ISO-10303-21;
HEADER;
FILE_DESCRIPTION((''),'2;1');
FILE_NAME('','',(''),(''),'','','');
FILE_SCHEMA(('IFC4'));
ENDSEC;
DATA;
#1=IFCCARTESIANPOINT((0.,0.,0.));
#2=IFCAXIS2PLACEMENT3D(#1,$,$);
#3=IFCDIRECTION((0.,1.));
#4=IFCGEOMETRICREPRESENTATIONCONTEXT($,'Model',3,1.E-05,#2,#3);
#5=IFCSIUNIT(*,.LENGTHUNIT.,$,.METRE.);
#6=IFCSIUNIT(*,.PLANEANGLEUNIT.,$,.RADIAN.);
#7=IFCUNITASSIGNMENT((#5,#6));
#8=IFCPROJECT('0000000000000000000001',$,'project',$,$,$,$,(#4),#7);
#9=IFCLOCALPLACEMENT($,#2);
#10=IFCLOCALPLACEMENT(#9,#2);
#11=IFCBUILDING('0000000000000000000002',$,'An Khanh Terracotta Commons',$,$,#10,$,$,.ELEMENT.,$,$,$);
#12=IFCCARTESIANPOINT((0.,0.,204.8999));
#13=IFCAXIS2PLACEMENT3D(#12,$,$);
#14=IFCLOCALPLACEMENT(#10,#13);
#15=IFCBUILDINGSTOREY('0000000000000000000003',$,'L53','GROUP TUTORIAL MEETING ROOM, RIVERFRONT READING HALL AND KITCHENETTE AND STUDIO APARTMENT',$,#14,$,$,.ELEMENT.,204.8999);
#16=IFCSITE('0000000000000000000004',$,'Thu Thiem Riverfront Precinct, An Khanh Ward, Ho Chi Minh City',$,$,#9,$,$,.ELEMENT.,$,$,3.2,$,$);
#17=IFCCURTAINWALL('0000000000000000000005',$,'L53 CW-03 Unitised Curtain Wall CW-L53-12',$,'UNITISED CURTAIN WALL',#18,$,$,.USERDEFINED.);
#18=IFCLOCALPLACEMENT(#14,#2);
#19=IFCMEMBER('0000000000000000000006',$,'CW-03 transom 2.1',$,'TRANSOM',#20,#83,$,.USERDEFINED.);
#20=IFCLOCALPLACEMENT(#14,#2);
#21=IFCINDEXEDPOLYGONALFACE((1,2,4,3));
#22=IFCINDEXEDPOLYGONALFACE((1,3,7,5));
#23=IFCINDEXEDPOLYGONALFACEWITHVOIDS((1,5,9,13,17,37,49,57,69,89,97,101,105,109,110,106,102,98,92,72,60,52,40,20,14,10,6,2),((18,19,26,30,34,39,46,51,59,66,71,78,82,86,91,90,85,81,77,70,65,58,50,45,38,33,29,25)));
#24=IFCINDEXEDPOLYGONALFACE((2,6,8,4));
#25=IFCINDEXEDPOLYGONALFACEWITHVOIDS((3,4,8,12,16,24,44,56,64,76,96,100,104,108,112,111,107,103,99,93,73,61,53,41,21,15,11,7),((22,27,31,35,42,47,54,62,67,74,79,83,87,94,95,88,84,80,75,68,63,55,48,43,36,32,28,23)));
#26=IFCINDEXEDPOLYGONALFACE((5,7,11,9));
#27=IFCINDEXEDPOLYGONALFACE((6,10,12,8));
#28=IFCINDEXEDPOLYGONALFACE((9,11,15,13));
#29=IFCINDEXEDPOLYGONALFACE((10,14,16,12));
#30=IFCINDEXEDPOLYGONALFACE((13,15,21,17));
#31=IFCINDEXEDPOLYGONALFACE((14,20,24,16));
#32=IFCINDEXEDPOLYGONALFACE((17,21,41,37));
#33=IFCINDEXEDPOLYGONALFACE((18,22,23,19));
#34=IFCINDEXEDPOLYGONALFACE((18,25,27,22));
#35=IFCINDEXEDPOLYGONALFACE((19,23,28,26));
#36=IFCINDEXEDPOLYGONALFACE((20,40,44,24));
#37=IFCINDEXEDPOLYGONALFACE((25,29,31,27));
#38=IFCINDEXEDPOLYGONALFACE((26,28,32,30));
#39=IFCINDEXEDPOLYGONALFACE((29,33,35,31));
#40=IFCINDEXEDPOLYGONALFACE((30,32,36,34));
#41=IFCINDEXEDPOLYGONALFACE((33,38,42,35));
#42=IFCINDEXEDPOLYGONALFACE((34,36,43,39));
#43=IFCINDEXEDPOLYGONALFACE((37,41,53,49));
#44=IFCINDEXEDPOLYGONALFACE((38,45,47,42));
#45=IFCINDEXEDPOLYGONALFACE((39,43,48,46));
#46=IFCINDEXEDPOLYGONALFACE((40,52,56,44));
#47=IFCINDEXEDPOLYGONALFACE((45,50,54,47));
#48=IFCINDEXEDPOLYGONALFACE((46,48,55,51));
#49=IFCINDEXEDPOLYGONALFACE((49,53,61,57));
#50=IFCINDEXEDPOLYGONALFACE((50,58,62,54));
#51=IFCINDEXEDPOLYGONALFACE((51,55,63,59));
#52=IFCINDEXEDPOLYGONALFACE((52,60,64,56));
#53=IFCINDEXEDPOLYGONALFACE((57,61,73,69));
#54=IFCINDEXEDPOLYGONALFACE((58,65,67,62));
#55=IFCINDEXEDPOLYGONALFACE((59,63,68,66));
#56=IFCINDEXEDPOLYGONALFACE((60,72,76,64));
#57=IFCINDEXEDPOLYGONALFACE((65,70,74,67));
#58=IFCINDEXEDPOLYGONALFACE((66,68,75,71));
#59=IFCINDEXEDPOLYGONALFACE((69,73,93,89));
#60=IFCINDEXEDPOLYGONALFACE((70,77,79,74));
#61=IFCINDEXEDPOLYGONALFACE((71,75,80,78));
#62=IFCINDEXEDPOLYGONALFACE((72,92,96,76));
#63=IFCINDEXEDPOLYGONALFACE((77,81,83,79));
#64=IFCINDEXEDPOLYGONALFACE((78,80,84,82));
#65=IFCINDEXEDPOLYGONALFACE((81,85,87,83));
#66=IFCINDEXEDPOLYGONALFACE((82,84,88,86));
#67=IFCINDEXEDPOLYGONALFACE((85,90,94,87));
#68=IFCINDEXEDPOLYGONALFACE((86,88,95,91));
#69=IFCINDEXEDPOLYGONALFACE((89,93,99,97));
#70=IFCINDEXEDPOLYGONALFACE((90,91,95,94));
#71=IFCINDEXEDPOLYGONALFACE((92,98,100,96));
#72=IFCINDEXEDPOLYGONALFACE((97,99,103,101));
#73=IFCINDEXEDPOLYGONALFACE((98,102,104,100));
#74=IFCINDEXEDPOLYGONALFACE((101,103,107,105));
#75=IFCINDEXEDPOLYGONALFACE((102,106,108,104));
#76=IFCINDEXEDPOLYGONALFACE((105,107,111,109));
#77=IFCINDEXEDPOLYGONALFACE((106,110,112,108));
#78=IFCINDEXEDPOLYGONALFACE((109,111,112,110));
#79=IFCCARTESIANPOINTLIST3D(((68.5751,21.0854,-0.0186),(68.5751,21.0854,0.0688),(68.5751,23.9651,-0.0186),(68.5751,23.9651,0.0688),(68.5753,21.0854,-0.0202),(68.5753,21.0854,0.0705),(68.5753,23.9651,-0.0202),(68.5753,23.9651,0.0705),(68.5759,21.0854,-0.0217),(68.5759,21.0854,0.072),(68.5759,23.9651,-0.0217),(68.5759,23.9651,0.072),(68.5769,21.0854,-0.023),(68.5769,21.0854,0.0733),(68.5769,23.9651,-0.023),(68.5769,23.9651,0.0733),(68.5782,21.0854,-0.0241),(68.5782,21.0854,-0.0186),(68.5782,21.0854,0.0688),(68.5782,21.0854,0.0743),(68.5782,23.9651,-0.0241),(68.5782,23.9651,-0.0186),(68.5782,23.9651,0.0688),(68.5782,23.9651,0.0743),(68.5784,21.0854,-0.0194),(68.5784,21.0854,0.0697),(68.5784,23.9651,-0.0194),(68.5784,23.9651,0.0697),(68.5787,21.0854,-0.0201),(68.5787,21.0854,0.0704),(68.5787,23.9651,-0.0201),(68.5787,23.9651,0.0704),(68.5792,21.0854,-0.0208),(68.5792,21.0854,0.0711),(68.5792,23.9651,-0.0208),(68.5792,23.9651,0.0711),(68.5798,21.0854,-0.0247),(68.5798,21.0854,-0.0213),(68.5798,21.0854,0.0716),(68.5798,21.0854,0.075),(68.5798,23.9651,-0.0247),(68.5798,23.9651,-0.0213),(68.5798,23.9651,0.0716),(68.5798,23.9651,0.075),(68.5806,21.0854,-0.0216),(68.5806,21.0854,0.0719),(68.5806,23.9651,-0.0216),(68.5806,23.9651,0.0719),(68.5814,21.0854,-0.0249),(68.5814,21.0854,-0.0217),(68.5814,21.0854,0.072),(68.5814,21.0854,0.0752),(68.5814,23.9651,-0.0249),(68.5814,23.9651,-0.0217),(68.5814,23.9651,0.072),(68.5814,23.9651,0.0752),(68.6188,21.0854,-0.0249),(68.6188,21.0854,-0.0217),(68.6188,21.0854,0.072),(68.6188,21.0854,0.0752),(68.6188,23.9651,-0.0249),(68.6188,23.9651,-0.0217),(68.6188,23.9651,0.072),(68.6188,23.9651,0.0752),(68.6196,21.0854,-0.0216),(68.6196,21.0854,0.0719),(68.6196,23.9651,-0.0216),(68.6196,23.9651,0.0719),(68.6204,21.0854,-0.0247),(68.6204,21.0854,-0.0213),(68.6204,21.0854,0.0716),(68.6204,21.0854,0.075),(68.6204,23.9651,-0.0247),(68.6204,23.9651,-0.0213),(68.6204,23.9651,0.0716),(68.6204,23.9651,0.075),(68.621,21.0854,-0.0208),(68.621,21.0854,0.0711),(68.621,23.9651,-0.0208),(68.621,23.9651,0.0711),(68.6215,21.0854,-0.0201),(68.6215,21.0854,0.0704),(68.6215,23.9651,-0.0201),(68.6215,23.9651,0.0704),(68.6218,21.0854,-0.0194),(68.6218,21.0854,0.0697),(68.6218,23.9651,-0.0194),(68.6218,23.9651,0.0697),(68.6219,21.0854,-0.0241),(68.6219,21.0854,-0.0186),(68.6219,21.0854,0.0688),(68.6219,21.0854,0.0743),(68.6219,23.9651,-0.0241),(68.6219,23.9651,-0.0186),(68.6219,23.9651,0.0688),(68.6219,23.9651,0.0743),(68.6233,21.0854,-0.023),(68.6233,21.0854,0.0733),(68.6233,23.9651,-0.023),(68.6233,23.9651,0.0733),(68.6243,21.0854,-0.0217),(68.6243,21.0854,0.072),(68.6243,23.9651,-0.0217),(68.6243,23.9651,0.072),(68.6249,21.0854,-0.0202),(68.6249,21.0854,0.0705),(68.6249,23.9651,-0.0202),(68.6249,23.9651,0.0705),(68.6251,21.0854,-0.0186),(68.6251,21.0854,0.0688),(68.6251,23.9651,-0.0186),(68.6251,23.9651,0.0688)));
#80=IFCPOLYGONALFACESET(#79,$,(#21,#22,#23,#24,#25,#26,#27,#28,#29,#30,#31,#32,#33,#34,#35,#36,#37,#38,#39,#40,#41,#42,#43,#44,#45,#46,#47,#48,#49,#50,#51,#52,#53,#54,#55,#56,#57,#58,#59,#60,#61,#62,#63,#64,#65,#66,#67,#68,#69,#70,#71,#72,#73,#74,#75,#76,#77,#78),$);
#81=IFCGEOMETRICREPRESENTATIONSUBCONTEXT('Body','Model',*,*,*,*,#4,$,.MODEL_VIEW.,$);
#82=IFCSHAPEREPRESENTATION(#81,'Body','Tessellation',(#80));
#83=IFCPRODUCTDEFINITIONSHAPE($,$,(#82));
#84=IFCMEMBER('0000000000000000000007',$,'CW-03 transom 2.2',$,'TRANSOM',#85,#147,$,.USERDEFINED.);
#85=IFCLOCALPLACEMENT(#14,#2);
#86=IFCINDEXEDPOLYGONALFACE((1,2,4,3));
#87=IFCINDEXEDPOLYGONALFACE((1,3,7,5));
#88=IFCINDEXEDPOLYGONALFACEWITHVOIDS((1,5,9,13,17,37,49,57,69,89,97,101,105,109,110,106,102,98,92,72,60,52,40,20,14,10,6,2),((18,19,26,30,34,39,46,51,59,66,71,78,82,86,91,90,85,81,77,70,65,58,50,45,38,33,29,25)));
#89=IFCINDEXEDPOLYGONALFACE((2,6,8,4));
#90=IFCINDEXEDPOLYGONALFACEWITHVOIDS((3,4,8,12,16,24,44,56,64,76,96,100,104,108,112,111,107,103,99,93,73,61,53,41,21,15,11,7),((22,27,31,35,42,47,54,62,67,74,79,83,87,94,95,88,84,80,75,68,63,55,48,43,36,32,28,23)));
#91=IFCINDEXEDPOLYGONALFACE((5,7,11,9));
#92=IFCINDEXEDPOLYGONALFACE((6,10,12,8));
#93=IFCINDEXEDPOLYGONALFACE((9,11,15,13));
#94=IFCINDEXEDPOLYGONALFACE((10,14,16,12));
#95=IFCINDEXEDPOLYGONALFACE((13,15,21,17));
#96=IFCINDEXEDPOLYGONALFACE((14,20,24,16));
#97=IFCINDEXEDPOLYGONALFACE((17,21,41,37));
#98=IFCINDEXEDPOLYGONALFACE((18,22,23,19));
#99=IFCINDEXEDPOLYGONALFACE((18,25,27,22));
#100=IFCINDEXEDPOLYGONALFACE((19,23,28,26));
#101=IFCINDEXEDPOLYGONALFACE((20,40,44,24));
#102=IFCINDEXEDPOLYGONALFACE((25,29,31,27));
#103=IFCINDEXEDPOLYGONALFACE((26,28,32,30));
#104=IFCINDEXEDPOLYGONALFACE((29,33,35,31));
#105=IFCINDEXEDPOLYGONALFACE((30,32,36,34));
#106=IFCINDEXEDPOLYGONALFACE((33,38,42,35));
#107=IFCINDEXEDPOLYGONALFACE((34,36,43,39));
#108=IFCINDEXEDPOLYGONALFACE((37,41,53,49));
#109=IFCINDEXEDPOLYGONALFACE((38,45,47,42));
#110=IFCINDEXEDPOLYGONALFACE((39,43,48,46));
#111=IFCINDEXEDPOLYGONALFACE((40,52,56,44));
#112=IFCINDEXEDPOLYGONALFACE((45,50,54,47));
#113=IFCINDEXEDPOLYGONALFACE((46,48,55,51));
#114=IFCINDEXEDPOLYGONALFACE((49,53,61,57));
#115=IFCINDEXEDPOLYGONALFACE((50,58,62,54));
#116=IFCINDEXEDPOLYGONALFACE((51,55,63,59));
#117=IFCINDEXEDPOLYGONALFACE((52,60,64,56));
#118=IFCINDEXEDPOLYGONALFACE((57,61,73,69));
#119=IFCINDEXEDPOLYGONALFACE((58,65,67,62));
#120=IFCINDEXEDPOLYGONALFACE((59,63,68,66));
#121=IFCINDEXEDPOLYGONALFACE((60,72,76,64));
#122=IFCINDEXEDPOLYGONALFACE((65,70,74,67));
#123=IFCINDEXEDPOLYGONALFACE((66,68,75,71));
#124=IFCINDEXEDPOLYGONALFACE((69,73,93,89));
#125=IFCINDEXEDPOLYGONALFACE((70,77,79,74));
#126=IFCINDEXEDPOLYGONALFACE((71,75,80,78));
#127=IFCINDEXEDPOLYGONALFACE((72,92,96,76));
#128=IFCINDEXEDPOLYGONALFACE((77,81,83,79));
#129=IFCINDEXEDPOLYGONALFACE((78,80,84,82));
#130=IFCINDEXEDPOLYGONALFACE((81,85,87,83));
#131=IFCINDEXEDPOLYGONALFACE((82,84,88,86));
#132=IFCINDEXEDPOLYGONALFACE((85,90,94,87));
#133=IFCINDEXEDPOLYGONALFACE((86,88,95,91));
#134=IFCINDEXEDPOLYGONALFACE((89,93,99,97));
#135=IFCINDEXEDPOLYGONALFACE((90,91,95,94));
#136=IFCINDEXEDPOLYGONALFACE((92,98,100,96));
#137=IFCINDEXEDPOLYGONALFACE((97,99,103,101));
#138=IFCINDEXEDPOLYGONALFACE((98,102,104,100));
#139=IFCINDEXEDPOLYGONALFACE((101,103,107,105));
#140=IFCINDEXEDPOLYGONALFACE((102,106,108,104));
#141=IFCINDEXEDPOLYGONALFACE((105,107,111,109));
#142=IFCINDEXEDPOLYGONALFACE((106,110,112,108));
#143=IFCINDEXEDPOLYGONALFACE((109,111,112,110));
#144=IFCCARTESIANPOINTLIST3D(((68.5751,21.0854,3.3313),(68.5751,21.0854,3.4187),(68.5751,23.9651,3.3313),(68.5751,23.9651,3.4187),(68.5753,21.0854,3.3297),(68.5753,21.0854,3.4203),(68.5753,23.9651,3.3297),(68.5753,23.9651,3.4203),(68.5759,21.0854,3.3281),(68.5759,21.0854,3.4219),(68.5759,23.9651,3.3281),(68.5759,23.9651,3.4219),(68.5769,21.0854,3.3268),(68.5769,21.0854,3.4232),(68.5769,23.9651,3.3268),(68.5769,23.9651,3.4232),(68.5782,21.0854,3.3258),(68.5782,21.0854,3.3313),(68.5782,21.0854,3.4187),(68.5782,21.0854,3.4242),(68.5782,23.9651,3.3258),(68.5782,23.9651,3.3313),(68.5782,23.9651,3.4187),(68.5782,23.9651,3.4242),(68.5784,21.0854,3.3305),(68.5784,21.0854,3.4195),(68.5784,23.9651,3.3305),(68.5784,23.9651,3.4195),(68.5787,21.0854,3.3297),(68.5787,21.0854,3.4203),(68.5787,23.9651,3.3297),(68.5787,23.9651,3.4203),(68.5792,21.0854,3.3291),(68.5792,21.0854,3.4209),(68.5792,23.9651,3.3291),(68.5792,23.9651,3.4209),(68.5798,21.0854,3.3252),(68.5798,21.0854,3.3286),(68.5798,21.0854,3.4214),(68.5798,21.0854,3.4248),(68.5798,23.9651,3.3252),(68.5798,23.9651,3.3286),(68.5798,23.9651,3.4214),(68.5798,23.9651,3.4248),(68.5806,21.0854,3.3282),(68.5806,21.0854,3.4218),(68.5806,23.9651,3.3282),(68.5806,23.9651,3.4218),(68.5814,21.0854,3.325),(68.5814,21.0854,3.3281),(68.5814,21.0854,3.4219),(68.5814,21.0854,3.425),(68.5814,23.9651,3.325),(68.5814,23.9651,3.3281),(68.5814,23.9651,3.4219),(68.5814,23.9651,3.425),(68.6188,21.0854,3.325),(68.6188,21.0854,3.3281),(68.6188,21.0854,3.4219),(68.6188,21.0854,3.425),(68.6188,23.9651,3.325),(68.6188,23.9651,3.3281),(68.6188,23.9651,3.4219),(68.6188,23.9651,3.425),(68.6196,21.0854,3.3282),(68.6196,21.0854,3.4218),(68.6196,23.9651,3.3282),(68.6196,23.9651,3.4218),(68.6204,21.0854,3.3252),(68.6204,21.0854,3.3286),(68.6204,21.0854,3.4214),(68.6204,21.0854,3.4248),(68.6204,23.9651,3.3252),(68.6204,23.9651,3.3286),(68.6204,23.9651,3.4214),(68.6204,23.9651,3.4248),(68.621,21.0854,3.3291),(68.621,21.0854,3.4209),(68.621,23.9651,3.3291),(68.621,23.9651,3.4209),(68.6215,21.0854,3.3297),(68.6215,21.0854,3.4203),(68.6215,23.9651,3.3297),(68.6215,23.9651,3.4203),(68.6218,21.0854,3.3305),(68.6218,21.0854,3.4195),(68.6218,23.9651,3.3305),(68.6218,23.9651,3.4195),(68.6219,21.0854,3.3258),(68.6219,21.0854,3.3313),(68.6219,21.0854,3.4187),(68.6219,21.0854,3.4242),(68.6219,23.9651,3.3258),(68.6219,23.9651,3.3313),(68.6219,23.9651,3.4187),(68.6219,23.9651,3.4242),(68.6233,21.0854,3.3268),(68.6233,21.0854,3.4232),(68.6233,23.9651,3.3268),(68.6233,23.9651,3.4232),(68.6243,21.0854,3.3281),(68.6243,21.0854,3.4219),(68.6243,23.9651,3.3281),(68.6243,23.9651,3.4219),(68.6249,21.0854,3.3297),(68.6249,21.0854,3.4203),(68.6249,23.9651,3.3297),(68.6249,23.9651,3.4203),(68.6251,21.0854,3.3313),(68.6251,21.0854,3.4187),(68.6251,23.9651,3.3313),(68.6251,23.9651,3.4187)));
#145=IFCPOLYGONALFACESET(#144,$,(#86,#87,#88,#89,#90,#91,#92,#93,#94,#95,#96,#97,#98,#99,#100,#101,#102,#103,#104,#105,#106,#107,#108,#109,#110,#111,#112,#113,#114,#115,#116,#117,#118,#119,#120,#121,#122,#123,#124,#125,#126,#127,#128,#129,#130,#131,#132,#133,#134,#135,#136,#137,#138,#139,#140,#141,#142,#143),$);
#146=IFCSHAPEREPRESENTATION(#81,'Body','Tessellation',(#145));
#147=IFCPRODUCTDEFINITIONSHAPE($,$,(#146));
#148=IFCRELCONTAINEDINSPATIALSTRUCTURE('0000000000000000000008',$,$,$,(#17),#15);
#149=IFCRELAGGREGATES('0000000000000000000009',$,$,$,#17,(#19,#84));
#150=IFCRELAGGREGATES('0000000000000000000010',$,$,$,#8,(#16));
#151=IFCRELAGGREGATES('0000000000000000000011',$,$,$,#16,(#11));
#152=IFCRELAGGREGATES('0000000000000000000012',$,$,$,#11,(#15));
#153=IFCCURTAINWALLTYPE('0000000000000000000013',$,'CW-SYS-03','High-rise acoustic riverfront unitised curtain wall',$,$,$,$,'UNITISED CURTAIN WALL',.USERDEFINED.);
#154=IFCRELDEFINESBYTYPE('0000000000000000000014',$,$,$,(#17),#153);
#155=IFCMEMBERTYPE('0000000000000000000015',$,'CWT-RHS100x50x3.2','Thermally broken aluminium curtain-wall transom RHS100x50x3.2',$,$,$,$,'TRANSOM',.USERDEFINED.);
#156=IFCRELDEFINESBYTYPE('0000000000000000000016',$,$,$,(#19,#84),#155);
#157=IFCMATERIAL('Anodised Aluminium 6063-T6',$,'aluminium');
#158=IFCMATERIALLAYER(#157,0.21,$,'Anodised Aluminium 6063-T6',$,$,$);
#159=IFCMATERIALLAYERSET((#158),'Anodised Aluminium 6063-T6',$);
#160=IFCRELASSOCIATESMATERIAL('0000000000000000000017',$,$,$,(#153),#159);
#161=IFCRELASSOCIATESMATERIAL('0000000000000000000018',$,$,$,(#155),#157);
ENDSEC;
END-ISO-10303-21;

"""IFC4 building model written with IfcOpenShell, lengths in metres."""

from ifc_helpers import new_model, si_unit, direction, frame, origin, origin_2d, place, context, subcontext, project, spatial, hollow_rectangle, extrude, material, layer, layer_set, material_profile, profile_set, type_object, element, aggregate, save


model = new_model("IFC4")

# Units and contexts
model_context = context("Model", 3, precision=1e-05, world=origin(), true_north=direction((0.0, 1.0)))
body_context = subcontext(model_context, "Body", "Model", "MODEL_VIEW")
ifc_project = project(units=[si_unit("LENGTHUNIT", "METRE"), si_unit("PLANEANGLEUNIT", "RADIAN")], contexts=[model_context])

# Site, building, storey
site_placement = place(None, origin())
site = spatial("IfcSite", under=ifc_project, at=site_placement, Name="Thu Thiem Riverfront Precinct, An Khanh Ward, Ho Chi Minh City", CompositionType="ELEMENT", RefElevation=3.2)
building_placement = place(site_placement, origin())
building = spatial("IfcBuilding", under=site, at=building_placement, Name="An Khanh Terracotta Commons", CompositionType="ELEMENT")
storey_placement = place(building_placement, frame((0.0, 0.0, 204.8999)))
storey = spatial("IfcBuildingStorey", under=building, at=storey_placement, Name="L53", Description="GROUP TUTORIAL MEETING ROOM, RIVERFRONT READING HALL AND KITCHENETTE AND STUDIO APARTMENT", CompositionType="ELEMENT", Elevation=204.8999)

# Curtain wall
ifc_material_1 = material(Name="Anodised Aluminium 6063-T6", Category="aluminium")
ifc_layer_1 = layer(ifc_material_1, 0.21, Name="Anodised Aluminium 6063-T6")
ifc_layer_set_1 = layer_set([ifc_layer_1], Name="Anodised Aluminium 6063-T6")
curtain_wall_type = type_object("IfcCurtainWallType", Name="CW-SYS-03", Description="High-rise acoustic riverfront unitised curtain wall", ElementType="UNITISED CURTAIN WALL", PredefinedType="USERDEFINED", material=ifc_layer_set_1)
curtain_wall_1_placement = place(storey_placement, origin())
curtain_wall_1 = element("IfcCurtainWall", 1, at=curtain_wall_1_placement, inside=storey, type_object=curtain_wall_type, Name="L53 CW-03 Unitised Curtain Wall CW-L53-12", ObjectType="UNITISED CURTAIN WALL", PredefinedType="USERDEFINED")

# Members
ifc_material_profile_1 = material_profile(ifc_material_1, hollow_rectangle(XDim=0.05, YDim=0.1001, WallThickness=0.0032, InnerFilletRadius=0.0032, OuterFilletRadius=0.0063, at=origin_2d()), Name="RHS100x50x3.2")
ifc_profile_set_1 = profile_set([ifc_material_profile_1], Name="Anodised Aluminium 6063-T6")
member_type_1 = type_object("IfcMemberType", Name="CWT-RHS100x50x3.2", Description="Thermally broken aluminium curtain-wall transom RHS100x50x3.2", ElementType="TRANSOM", PredefinedType="USERDEFINED", material=ifc_profile_set_1)
member_1_placement = place(storey_placement, frame((68.6001, 21.0854, 0.0251), z_axis=(0.0, 1.0, 0.0), x_axis=(-1.0, 0.0, 0.0)))
member_1 = element("IfcMember", 2, at=member_1_placement, type_object=member_type_1, Name="CW-03 transom 2.1", ObjectType="TRANSOM", PredefinedType="USERDEFINED", context=body_context, shape_type="SweptSolid", body=[
    extrude(hollow_rectangle(XDim=0.05, YDim=0.1001, WallThickness=0.0032, InnerFilletRadius=0.0032, OuterFilletRadius=0.0063, at=origin_2d()), origin(), (0.0, 0.0, 1.0), 2.8796),
])
member_2_placement = place(storey_placement, frame((68.6001, 21.0854, 3.375), z_axis=(0.0, 1.0, 0.0), x_axis=(-1.0, 0.0, 0.0)))
member_2 = element("IfcMember", 3, at=member_2_placement, type_object=member_type_1, Name="CW-03 transom 2.2", ObjectType="TRANSOM", PredefinedType="USERDEFINED", context=body_context, shape_type="SweptSolid", body=[
    extrude(hollow_rectangle(XDim=0.05, YDim=0.1001, WallThickness=0.0032, InnerFilletRadius=0.0032, OuterFilletRadius=0.0063, at=origin_2d()), origin(), (0.0, 0.0, 1.0), 2.8796),
])

aggregate(curtain_wall_1, [member_1, member_2])

save(model, "model.ifc")
